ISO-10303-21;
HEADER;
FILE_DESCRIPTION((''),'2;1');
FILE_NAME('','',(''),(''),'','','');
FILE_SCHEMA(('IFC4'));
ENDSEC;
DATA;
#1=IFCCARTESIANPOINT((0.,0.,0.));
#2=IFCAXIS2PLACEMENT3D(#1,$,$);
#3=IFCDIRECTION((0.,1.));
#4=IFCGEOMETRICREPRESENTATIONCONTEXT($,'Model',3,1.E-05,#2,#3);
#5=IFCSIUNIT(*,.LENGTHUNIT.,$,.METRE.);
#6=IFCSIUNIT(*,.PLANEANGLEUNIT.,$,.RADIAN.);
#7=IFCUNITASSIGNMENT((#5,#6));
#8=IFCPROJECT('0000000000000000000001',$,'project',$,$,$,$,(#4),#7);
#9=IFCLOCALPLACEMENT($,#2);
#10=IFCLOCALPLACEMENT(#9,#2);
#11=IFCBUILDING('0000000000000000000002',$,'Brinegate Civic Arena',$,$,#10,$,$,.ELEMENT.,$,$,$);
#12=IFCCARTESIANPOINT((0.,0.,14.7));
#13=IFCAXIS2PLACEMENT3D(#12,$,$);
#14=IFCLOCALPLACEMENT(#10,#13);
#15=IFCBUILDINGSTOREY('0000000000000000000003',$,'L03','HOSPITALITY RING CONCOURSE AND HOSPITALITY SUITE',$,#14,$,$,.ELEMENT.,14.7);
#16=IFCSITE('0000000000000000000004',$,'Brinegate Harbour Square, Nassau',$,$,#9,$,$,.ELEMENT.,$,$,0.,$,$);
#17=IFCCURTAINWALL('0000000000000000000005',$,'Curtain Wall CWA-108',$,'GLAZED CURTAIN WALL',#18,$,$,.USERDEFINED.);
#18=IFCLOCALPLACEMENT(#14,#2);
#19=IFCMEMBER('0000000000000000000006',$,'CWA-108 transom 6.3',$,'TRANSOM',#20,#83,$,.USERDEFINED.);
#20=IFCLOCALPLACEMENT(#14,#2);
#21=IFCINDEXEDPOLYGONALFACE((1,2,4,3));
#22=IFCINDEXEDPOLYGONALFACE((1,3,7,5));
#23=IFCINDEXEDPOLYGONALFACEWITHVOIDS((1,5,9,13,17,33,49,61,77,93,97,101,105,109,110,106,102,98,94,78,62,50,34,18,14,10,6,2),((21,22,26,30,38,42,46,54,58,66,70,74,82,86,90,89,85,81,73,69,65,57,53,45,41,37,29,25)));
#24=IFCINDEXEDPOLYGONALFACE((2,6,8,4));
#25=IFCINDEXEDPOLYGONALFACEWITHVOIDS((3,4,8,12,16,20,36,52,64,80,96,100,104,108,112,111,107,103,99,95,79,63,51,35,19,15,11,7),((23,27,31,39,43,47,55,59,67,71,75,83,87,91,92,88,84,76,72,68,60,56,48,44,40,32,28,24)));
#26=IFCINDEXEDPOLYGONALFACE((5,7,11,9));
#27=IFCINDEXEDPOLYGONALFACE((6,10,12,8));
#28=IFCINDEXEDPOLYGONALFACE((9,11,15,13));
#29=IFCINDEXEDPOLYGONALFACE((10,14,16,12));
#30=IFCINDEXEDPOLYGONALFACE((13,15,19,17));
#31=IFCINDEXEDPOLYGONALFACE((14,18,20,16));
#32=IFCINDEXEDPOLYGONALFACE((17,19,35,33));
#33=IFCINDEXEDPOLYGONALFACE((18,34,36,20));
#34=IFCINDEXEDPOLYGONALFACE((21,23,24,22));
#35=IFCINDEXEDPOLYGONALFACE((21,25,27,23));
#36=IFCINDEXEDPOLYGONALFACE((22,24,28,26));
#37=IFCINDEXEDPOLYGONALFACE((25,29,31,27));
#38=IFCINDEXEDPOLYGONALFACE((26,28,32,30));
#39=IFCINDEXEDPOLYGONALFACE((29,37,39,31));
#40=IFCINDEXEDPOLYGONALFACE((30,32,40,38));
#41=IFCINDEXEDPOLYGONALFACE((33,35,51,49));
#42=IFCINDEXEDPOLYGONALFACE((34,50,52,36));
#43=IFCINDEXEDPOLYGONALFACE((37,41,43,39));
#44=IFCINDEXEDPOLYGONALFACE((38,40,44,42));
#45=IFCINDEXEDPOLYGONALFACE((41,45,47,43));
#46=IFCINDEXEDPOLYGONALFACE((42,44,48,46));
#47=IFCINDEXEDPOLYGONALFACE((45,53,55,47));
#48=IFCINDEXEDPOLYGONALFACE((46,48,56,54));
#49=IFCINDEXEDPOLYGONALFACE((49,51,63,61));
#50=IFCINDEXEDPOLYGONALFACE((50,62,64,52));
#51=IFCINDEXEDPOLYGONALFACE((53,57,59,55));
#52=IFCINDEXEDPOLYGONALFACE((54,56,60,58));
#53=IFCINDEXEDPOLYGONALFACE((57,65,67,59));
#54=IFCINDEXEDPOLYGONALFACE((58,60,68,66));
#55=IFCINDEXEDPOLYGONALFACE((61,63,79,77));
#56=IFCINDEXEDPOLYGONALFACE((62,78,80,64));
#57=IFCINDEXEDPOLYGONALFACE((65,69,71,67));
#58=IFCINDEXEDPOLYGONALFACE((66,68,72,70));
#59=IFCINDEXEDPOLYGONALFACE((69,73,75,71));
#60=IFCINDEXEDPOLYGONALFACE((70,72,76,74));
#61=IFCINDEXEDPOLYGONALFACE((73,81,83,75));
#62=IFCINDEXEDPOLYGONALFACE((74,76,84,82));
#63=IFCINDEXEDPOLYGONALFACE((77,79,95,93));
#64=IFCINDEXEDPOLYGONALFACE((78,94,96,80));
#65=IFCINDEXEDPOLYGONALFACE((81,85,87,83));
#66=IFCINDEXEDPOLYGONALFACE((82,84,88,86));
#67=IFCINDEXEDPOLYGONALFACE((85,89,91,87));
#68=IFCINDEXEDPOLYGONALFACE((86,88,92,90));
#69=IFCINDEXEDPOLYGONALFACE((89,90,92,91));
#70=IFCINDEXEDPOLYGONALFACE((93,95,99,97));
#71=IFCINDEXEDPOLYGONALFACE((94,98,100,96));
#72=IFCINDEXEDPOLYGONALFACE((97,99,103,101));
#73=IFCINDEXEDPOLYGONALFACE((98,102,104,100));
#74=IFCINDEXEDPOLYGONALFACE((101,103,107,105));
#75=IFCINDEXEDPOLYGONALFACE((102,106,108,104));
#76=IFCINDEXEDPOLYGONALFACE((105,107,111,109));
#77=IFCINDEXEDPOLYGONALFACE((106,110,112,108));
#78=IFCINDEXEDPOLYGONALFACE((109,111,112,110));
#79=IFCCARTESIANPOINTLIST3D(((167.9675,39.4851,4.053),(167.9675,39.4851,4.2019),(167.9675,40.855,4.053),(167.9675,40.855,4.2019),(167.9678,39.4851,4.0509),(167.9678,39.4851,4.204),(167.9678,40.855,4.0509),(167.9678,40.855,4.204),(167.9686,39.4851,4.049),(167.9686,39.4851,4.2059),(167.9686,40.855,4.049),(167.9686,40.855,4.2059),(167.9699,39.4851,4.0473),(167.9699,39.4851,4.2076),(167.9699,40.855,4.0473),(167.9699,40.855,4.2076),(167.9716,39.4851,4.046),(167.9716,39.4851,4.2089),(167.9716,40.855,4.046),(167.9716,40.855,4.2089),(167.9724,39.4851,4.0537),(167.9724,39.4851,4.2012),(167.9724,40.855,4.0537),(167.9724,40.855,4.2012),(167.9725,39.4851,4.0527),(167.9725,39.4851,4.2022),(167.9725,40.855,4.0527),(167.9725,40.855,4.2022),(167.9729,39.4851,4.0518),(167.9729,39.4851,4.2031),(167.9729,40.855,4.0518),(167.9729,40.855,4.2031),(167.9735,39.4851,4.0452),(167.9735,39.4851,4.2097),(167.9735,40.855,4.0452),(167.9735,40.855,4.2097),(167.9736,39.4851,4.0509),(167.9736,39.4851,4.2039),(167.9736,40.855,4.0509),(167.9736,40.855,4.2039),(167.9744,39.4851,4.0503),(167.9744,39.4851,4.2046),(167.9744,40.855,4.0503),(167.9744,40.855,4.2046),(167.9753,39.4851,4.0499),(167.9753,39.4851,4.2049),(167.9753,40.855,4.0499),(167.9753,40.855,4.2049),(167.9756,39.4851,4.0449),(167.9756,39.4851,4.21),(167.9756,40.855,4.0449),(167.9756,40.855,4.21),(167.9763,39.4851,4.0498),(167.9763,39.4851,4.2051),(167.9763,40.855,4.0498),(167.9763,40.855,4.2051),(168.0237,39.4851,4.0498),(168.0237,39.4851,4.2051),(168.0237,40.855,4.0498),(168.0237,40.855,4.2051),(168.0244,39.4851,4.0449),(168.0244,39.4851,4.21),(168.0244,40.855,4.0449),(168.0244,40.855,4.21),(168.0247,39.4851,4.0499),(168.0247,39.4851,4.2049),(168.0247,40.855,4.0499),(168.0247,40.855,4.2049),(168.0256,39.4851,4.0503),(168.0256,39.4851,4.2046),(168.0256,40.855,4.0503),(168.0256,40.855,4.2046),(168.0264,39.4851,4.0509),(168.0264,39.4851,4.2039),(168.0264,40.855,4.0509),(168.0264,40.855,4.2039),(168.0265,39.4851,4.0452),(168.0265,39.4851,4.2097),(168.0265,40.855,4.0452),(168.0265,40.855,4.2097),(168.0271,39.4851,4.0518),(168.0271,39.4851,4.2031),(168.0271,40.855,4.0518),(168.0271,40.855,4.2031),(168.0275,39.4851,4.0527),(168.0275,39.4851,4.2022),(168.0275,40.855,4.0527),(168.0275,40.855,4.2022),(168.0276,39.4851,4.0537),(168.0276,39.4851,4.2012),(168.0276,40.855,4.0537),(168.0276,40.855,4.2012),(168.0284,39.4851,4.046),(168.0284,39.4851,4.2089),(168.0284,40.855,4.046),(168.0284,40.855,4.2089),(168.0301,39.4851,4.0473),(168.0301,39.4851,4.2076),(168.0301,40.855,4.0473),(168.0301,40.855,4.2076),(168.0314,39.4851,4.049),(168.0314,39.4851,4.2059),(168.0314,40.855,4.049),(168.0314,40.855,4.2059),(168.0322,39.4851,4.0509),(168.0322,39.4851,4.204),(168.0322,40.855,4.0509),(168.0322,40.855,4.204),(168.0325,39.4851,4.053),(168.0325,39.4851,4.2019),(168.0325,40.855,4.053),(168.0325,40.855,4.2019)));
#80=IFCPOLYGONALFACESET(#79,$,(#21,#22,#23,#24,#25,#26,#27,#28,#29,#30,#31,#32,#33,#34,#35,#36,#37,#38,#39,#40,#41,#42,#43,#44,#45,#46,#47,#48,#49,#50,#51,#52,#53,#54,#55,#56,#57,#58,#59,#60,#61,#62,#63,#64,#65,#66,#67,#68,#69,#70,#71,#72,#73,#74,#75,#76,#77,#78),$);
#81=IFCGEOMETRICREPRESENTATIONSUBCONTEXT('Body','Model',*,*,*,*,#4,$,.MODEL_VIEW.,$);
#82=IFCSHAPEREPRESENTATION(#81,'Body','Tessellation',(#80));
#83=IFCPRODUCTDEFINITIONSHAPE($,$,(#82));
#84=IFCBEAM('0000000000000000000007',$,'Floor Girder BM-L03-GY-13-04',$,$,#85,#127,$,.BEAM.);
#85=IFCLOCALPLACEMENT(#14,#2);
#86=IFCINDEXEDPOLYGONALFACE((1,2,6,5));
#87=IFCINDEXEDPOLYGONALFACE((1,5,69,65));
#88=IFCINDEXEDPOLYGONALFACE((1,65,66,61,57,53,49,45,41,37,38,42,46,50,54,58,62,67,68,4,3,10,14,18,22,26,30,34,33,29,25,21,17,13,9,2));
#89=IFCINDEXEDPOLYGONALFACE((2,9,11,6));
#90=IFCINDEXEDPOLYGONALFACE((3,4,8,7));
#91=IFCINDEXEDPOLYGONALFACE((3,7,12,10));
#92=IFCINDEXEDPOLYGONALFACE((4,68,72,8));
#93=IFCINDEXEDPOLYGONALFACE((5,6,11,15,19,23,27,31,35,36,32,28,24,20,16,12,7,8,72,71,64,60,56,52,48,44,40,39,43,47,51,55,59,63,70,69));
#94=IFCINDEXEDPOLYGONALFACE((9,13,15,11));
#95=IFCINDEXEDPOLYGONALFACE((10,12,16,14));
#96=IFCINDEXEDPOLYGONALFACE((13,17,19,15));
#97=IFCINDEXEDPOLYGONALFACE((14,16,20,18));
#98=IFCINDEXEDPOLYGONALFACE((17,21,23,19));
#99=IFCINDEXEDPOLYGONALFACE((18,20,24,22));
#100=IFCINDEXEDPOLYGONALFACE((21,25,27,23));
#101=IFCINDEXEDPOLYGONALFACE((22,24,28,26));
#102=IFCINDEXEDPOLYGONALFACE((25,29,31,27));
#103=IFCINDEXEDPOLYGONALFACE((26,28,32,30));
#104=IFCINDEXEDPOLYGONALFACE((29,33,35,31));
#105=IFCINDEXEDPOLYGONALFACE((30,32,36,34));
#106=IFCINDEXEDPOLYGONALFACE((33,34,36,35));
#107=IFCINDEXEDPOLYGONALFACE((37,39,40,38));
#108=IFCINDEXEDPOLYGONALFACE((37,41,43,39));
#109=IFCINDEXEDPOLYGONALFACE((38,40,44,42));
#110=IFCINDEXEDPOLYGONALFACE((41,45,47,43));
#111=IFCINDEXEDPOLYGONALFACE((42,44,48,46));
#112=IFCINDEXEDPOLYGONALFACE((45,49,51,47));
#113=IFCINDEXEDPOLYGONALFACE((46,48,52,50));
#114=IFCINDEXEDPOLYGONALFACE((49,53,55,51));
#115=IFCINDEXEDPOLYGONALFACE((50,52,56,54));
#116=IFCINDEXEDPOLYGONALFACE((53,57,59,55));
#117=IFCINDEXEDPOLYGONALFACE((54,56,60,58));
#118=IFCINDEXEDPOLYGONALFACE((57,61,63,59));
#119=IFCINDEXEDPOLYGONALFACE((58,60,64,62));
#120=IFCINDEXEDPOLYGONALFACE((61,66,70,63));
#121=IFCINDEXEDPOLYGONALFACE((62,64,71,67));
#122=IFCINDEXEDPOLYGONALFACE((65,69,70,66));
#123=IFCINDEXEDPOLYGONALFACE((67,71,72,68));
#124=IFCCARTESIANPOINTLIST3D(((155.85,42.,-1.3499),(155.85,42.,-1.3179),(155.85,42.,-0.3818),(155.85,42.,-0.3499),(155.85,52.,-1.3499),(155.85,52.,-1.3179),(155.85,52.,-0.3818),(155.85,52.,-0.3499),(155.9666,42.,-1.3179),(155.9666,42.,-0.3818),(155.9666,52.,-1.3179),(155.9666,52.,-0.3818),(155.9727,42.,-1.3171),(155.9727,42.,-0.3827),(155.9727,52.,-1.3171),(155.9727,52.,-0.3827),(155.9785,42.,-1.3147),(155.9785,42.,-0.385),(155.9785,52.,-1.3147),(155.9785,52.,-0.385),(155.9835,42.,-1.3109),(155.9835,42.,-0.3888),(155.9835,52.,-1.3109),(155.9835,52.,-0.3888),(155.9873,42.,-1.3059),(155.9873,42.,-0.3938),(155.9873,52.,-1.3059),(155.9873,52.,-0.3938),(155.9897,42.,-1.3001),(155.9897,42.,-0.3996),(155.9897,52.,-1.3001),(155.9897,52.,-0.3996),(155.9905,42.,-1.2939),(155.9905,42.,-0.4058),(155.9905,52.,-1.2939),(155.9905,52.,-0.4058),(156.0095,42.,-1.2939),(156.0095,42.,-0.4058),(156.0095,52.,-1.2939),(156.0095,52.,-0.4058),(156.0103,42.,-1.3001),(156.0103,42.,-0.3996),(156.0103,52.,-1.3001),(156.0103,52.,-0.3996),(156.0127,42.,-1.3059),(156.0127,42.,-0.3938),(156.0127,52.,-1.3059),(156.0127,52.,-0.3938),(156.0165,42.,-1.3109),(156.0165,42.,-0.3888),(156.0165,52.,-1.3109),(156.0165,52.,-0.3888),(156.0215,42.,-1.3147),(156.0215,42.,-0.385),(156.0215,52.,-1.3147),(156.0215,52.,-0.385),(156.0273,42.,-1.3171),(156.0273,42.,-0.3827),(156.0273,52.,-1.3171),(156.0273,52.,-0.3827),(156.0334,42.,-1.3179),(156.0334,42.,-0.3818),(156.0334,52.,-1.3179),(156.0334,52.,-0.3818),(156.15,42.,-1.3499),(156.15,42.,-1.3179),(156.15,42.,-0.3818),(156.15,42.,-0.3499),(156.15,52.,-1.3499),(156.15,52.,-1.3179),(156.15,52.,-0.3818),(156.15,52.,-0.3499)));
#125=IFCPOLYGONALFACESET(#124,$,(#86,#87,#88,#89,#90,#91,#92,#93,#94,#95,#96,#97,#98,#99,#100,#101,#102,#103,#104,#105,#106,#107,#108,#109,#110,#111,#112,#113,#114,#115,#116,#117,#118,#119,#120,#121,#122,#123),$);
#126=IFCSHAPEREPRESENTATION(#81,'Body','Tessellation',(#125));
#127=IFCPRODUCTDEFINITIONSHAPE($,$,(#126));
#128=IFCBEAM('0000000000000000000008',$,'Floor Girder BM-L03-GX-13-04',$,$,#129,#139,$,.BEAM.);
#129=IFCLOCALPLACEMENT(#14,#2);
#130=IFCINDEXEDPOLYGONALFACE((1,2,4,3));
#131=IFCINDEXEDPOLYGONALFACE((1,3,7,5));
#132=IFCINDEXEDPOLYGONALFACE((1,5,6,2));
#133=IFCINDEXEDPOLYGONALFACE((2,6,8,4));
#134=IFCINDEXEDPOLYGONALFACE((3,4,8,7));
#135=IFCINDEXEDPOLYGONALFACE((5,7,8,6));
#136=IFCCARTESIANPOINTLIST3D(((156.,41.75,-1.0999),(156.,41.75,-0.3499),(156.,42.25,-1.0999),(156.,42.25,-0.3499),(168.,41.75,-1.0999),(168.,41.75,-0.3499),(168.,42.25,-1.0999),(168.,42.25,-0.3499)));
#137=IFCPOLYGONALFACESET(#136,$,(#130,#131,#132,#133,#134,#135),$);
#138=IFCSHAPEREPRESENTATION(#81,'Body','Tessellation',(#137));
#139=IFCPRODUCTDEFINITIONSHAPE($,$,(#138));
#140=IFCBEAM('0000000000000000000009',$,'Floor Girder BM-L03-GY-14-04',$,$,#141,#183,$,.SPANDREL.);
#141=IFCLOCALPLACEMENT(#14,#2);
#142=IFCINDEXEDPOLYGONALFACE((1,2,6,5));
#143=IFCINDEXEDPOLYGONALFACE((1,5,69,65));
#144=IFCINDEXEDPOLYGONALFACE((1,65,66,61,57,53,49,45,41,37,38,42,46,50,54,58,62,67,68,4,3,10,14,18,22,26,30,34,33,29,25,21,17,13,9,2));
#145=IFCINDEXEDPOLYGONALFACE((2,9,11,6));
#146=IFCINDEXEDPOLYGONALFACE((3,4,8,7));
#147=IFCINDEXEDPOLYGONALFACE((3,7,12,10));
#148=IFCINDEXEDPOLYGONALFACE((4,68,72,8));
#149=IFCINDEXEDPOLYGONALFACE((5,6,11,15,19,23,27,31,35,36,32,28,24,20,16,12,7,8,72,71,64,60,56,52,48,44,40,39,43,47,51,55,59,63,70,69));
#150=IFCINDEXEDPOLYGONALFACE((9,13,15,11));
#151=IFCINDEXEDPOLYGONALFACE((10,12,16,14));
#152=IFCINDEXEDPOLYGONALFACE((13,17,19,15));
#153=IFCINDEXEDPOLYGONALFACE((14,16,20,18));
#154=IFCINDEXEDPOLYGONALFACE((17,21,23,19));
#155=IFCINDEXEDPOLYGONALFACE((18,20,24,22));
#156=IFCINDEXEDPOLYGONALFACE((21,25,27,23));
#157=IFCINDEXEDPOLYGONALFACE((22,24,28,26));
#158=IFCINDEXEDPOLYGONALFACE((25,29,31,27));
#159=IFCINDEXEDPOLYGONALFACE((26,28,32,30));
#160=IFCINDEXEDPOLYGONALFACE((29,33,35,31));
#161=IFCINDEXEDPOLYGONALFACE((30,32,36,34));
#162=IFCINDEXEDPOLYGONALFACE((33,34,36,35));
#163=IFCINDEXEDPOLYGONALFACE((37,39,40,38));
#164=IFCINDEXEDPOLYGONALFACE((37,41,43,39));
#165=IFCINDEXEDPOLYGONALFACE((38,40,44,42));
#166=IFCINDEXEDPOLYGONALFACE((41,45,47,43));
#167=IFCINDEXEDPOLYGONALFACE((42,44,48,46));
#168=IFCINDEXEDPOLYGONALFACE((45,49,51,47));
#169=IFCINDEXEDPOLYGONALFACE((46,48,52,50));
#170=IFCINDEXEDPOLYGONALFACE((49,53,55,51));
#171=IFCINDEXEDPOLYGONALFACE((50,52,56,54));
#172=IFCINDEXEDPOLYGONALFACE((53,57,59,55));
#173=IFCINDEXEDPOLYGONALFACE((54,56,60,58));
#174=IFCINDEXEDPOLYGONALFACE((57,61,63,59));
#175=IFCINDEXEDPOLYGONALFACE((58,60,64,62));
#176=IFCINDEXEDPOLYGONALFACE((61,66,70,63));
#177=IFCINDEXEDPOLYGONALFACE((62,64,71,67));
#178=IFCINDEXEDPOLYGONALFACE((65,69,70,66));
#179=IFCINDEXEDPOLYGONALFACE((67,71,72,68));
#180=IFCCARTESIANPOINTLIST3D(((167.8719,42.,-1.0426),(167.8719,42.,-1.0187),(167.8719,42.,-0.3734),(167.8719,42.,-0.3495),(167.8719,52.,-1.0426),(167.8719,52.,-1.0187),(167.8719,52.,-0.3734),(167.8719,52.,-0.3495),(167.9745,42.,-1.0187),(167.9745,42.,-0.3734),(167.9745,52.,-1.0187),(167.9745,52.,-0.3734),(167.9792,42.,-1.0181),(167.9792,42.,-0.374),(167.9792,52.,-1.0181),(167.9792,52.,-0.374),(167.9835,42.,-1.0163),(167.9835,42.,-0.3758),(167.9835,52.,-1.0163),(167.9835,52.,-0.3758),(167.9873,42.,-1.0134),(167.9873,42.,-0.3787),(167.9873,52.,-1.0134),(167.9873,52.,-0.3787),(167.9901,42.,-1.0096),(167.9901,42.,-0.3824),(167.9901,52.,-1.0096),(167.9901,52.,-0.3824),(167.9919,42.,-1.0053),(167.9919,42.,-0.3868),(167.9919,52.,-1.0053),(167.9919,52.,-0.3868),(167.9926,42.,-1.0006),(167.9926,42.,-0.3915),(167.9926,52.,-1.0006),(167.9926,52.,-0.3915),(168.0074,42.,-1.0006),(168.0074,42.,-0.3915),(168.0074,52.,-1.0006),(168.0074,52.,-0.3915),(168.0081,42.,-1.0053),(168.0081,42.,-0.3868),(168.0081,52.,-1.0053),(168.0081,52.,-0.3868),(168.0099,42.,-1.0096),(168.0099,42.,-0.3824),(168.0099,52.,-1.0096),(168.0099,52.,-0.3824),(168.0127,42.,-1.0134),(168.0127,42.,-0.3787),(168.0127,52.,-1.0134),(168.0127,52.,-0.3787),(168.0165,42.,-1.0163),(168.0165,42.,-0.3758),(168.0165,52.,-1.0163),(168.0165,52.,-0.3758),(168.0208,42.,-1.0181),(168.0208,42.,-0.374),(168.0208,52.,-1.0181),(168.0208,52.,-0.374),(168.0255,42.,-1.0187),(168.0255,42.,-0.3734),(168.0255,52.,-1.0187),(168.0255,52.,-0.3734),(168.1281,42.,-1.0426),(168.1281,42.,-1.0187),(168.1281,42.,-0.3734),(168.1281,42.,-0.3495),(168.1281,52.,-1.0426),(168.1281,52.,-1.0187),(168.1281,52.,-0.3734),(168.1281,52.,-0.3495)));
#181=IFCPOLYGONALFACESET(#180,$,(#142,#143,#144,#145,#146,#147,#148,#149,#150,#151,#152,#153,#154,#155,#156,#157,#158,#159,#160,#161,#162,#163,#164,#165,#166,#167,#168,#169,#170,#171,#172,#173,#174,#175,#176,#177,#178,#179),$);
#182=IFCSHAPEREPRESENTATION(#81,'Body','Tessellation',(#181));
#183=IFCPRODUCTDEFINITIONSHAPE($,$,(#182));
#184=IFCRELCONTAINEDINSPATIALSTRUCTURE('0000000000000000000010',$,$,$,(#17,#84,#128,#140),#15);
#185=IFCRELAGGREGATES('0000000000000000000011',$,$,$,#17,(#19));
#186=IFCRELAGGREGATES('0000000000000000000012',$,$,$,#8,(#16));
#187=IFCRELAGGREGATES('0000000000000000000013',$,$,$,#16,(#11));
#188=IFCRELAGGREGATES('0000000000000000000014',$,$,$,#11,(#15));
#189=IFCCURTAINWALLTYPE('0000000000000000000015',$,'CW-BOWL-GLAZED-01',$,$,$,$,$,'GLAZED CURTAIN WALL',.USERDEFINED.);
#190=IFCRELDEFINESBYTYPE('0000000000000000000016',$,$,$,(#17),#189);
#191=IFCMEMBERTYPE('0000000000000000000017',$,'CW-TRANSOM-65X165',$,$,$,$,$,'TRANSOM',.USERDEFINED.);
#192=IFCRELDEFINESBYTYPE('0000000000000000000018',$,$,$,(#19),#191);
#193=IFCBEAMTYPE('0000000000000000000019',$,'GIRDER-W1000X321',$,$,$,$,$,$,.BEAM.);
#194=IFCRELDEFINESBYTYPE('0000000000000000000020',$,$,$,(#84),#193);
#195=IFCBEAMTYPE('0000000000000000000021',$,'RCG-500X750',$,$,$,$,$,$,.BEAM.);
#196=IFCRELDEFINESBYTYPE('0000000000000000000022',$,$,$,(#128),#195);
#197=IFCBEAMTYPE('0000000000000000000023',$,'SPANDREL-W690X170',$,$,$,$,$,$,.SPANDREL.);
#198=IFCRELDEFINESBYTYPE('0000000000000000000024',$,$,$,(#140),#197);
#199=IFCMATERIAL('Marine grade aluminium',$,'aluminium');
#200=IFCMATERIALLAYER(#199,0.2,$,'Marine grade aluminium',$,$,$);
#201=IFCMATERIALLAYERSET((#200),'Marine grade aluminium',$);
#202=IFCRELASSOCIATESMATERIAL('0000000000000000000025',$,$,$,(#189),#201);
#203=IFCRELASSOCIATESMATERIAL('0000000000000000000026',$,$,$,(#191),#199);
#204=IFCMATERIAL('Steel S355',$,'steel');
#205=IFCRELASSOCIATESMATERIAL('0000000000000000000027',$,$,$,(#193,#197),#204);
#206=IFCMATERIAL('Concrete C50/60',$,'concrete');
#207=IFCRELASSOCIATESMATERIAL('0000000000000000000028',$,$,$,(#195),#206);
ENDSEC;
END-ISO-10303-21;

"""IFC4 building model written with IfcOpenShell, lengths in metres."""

from ifc_helpers import new_model, si_unit, direction, frame, origin, origin_2d, place, context, subcontext, project, spatial, rectangle, hollow_rectangle, i_section, extrude, material, layer, layer_set, material_profile, profile_set, type_object, element, aggregate, save


model = new_model("IFC4")

# Units and contexts
model_context = context("Model", 3, precision=1e-05, world=origin(), true_north=direction((0.0, 1.0)))
body_context = subcontext(model_context, "Body", "Model", "MODEL_VIEW")
ifc_project = project(units=[si_unit("LENGTHUNIT", "METRE"), si_unit("PLANEANGLEUNIT", "RADIAN")], contexts=[model_context])

# Site, building, storey
site_placement = place(None, origin())
site = spatial("IfcSite", under=ifc_project, at=site_placement, Name="Brinegate Harbour Square, Nassau", CompositionType="ELEMENT", RefElevation=0.0)
building_placement = place(site_placement, origin())
building = spatial("IfcBuilding", under=site, at=building_placement, Name="Brinegate Civic Arena", CompositionType="ELEMENT")
storey_placement = place(building_placement, frame((0.0, 0.0, 14.7)))
storey = spatial("IfcBuildingStorey", under=building, at=storey_placement, Name="L03", Description="HOSPITALITY RING CONCOURSE AND HOSPITALITY SUITE", CompositionType="ELEMENT", Elevation=14.7)

# Shared definitions
ifc_material_1 = material(Name="Concrete C50/60", Category="concrete")

# Curtain wall
ifc_material_2 = material(Name="Marine grade aluminium", Category="aluminium")
ifc_layer_1 = layer(ifc_material_2, 0.2, Name="Marine grade aluminium")
ifc_layer_set_1 = layer_set([ifc_layer_1], Name="Marine grade aluminium")
curtain_wall_type = type_object("IfcCurtainWallType", Name="CW-BOWL-GLAZED-01", ElementType="GLAZED CURTAIN WALL", PredefinedType="USERDEFINED", material=ifc_layer_set_1)
curtain_wall_1_placement = place(storey_placement, origin())
curtain_wall_1 = element("IfcCurtainWall", 1, at=curtain_wall_1_placement, inside=storey, type_object=curtain_wall_type, Name="Curtain Wall CWA-108", ObjectType="GLAZED CURTAIN WALL", PredefinedType="USERDEFINED")

# Member
ifc_material_profile_1 = material_profile(ifc_material_2, hollow_rectangle(XDim=0.0649, YDim=0.165, WallThickness=0.0049, InnerFilletRadius=0.0039, OuterFilletRadius=0.0081, at=origin_2d()), Name="TRN65X165")
ifc_profile_set_1 = profile_set([ifc_material_profile_1], Name="Marine grade aluminium")
member_type_1 = type_object("IfcMemberType", Name="CW-TRANSOM-65X165", ElementType="TRANSOM", PredefinedType="USERDEFINED", material=ifc_profile_set_1)
member_1_placement = place(storey_placement, frame((168.0, 39.4851, 4.1274), z_axis=(0.0, 1.0, 0.0), x_axis=(-1.0, 0.0, 0.0)))
member_1 = element("IfcMember", 2, at=member_1_placement, type_object=member_type_1, Name="CWA-108 transom 6.3", ObjectType="TRANSOM", PredefinedType="USERDEFINED", context=body_context, shape_type="SweptSolid", body=[
    extrude(hollow_rectangle(XDim=0.0649, YDim=0.165, WallThickness=0.0049, InnerFilletRadius=0.0039, OuterFilletRadius=0.0081, at=origin_2d()), origin(), (0.0, 0.0, 1.0), 1.3699),
])

# Beams
ifc_material_3 = material(Name="Steel S355", Category="steel")
ifc_material_profile_2 = material_profile(ifc_material_3, i_section(OverallWidth=0.3, OverallDepth=1.0, WebThickness=0.019, FlangeThickness=0.032, FilletRadius=0.0239, at=origin_2d()), Name="W1000X321")
ifc_profile_set_2 = profile_set([ifc_material_profile_2], Name="Steel S355")
beam_type_1 = type_object("IfcBeamType", Name="GIRDER-W1000X321", PredefinedType="BEAM", material=ifc_profile_set_2)
beam_1_placement = place(storey_placement, frame((156.0, 42.0, -0.8499), z_axis=(0.0, 1.0, 0.0), x_axis=(-1.0, 0.0, 0.0)))
element("IfcBeam", 3, at=beam_1_placement, inside=storey, type_object=beam_type_1, Name="Floor Girder BM-L03-GY-13-04", PredefinedType="BEAM", context=body_context, shape_type="SweptSolid", body=[
    extrude(i_section(OverallWidth=0.3, OverallDepth=1.0, WebThickness=0.019, FlangeThickness=0.032, FilletRadius=0.0239, at=origin_2d()), origin(), (0.0, 0.0, 1.0), 10.0),
])
ifc_material_profile_3 = material_profile(ifc_material_1, rectangle(XDim=0.5, YDim=0.75, at=origin_2d()), Name="RCB500X750")
ifc_profile_set_3 = profile_set([ifc_material_profile_3], Name="Concrete C50/60")
beam_type_2 = type_object("IfcBeamType", Name="RCG-500X750", PredefinedType="BEAM", material=ifc_profile_set_3)
beam_2_placement = place(storey_placement, frame((156.0, 42.0, -0.7249), z_axis=(1.0, 0.0, 0.0), x_axis=(0.0, 1.0, 0.0)))
element("IfcBeam", 4, at=beam_2_placement, inside=storey, type_object=beam_type_2, Name="Floor Girder BM-L03-GX-13-04", PredefinedType="BEAM", context=body_context, shape_type="SweptSolid", body=[
    extrude(rectangle(XDim=0.5, YDim=0.75, at=origin_2d()), origin(), (0.0, 0.0, 1.0), 12.0),
])
ifc_material_profile_4 = material_profile(ifc_material_3, i_section(OverallWidth=0.2561, OverallDepth=0.6931, WebThickness=0.0149, FlangeThickness=0.0239, FilletRadius=0.0181, at=origin_2d()), Name="W690X170")
ifc_profile_set_4 = profile_set([ifc_material_profile_4], Name="Steel S355")
beam_type_3 = type_object("IfcBeamType", Name="SPANDREL-W690X170", PredefinedType="SPANDREL", material=ifc_profile_set_4)
beam_3_placement = place(storey_placement, frame((168.0, 42.0, -0.696), z_axis=(0.0, 1.0, 0.0), x_axis=(-1.0, 0.0, 0.0)))
element("IfcBeam", 5, at=beam_3_placement, inside=storey, type_object=beam_type_3, Name="Floor Girder BM-L03-GY-14-04", PredefinedType="SPANDREL", context=body_context, shape_type="SweptSolid", body=[
    extrude(i_section(OverallWidth=0.2561, OverallDepth=0.6931, WebThickness=0.0149, FlangeThickness=0.0239, FilletRadius=0.0181, at=origin_2d()), origin(), (0.0, 0.0, 1.0), 10.0),
])

aggregate(curtain_wall_1, [member_1])

save(model, "model.ifc")
